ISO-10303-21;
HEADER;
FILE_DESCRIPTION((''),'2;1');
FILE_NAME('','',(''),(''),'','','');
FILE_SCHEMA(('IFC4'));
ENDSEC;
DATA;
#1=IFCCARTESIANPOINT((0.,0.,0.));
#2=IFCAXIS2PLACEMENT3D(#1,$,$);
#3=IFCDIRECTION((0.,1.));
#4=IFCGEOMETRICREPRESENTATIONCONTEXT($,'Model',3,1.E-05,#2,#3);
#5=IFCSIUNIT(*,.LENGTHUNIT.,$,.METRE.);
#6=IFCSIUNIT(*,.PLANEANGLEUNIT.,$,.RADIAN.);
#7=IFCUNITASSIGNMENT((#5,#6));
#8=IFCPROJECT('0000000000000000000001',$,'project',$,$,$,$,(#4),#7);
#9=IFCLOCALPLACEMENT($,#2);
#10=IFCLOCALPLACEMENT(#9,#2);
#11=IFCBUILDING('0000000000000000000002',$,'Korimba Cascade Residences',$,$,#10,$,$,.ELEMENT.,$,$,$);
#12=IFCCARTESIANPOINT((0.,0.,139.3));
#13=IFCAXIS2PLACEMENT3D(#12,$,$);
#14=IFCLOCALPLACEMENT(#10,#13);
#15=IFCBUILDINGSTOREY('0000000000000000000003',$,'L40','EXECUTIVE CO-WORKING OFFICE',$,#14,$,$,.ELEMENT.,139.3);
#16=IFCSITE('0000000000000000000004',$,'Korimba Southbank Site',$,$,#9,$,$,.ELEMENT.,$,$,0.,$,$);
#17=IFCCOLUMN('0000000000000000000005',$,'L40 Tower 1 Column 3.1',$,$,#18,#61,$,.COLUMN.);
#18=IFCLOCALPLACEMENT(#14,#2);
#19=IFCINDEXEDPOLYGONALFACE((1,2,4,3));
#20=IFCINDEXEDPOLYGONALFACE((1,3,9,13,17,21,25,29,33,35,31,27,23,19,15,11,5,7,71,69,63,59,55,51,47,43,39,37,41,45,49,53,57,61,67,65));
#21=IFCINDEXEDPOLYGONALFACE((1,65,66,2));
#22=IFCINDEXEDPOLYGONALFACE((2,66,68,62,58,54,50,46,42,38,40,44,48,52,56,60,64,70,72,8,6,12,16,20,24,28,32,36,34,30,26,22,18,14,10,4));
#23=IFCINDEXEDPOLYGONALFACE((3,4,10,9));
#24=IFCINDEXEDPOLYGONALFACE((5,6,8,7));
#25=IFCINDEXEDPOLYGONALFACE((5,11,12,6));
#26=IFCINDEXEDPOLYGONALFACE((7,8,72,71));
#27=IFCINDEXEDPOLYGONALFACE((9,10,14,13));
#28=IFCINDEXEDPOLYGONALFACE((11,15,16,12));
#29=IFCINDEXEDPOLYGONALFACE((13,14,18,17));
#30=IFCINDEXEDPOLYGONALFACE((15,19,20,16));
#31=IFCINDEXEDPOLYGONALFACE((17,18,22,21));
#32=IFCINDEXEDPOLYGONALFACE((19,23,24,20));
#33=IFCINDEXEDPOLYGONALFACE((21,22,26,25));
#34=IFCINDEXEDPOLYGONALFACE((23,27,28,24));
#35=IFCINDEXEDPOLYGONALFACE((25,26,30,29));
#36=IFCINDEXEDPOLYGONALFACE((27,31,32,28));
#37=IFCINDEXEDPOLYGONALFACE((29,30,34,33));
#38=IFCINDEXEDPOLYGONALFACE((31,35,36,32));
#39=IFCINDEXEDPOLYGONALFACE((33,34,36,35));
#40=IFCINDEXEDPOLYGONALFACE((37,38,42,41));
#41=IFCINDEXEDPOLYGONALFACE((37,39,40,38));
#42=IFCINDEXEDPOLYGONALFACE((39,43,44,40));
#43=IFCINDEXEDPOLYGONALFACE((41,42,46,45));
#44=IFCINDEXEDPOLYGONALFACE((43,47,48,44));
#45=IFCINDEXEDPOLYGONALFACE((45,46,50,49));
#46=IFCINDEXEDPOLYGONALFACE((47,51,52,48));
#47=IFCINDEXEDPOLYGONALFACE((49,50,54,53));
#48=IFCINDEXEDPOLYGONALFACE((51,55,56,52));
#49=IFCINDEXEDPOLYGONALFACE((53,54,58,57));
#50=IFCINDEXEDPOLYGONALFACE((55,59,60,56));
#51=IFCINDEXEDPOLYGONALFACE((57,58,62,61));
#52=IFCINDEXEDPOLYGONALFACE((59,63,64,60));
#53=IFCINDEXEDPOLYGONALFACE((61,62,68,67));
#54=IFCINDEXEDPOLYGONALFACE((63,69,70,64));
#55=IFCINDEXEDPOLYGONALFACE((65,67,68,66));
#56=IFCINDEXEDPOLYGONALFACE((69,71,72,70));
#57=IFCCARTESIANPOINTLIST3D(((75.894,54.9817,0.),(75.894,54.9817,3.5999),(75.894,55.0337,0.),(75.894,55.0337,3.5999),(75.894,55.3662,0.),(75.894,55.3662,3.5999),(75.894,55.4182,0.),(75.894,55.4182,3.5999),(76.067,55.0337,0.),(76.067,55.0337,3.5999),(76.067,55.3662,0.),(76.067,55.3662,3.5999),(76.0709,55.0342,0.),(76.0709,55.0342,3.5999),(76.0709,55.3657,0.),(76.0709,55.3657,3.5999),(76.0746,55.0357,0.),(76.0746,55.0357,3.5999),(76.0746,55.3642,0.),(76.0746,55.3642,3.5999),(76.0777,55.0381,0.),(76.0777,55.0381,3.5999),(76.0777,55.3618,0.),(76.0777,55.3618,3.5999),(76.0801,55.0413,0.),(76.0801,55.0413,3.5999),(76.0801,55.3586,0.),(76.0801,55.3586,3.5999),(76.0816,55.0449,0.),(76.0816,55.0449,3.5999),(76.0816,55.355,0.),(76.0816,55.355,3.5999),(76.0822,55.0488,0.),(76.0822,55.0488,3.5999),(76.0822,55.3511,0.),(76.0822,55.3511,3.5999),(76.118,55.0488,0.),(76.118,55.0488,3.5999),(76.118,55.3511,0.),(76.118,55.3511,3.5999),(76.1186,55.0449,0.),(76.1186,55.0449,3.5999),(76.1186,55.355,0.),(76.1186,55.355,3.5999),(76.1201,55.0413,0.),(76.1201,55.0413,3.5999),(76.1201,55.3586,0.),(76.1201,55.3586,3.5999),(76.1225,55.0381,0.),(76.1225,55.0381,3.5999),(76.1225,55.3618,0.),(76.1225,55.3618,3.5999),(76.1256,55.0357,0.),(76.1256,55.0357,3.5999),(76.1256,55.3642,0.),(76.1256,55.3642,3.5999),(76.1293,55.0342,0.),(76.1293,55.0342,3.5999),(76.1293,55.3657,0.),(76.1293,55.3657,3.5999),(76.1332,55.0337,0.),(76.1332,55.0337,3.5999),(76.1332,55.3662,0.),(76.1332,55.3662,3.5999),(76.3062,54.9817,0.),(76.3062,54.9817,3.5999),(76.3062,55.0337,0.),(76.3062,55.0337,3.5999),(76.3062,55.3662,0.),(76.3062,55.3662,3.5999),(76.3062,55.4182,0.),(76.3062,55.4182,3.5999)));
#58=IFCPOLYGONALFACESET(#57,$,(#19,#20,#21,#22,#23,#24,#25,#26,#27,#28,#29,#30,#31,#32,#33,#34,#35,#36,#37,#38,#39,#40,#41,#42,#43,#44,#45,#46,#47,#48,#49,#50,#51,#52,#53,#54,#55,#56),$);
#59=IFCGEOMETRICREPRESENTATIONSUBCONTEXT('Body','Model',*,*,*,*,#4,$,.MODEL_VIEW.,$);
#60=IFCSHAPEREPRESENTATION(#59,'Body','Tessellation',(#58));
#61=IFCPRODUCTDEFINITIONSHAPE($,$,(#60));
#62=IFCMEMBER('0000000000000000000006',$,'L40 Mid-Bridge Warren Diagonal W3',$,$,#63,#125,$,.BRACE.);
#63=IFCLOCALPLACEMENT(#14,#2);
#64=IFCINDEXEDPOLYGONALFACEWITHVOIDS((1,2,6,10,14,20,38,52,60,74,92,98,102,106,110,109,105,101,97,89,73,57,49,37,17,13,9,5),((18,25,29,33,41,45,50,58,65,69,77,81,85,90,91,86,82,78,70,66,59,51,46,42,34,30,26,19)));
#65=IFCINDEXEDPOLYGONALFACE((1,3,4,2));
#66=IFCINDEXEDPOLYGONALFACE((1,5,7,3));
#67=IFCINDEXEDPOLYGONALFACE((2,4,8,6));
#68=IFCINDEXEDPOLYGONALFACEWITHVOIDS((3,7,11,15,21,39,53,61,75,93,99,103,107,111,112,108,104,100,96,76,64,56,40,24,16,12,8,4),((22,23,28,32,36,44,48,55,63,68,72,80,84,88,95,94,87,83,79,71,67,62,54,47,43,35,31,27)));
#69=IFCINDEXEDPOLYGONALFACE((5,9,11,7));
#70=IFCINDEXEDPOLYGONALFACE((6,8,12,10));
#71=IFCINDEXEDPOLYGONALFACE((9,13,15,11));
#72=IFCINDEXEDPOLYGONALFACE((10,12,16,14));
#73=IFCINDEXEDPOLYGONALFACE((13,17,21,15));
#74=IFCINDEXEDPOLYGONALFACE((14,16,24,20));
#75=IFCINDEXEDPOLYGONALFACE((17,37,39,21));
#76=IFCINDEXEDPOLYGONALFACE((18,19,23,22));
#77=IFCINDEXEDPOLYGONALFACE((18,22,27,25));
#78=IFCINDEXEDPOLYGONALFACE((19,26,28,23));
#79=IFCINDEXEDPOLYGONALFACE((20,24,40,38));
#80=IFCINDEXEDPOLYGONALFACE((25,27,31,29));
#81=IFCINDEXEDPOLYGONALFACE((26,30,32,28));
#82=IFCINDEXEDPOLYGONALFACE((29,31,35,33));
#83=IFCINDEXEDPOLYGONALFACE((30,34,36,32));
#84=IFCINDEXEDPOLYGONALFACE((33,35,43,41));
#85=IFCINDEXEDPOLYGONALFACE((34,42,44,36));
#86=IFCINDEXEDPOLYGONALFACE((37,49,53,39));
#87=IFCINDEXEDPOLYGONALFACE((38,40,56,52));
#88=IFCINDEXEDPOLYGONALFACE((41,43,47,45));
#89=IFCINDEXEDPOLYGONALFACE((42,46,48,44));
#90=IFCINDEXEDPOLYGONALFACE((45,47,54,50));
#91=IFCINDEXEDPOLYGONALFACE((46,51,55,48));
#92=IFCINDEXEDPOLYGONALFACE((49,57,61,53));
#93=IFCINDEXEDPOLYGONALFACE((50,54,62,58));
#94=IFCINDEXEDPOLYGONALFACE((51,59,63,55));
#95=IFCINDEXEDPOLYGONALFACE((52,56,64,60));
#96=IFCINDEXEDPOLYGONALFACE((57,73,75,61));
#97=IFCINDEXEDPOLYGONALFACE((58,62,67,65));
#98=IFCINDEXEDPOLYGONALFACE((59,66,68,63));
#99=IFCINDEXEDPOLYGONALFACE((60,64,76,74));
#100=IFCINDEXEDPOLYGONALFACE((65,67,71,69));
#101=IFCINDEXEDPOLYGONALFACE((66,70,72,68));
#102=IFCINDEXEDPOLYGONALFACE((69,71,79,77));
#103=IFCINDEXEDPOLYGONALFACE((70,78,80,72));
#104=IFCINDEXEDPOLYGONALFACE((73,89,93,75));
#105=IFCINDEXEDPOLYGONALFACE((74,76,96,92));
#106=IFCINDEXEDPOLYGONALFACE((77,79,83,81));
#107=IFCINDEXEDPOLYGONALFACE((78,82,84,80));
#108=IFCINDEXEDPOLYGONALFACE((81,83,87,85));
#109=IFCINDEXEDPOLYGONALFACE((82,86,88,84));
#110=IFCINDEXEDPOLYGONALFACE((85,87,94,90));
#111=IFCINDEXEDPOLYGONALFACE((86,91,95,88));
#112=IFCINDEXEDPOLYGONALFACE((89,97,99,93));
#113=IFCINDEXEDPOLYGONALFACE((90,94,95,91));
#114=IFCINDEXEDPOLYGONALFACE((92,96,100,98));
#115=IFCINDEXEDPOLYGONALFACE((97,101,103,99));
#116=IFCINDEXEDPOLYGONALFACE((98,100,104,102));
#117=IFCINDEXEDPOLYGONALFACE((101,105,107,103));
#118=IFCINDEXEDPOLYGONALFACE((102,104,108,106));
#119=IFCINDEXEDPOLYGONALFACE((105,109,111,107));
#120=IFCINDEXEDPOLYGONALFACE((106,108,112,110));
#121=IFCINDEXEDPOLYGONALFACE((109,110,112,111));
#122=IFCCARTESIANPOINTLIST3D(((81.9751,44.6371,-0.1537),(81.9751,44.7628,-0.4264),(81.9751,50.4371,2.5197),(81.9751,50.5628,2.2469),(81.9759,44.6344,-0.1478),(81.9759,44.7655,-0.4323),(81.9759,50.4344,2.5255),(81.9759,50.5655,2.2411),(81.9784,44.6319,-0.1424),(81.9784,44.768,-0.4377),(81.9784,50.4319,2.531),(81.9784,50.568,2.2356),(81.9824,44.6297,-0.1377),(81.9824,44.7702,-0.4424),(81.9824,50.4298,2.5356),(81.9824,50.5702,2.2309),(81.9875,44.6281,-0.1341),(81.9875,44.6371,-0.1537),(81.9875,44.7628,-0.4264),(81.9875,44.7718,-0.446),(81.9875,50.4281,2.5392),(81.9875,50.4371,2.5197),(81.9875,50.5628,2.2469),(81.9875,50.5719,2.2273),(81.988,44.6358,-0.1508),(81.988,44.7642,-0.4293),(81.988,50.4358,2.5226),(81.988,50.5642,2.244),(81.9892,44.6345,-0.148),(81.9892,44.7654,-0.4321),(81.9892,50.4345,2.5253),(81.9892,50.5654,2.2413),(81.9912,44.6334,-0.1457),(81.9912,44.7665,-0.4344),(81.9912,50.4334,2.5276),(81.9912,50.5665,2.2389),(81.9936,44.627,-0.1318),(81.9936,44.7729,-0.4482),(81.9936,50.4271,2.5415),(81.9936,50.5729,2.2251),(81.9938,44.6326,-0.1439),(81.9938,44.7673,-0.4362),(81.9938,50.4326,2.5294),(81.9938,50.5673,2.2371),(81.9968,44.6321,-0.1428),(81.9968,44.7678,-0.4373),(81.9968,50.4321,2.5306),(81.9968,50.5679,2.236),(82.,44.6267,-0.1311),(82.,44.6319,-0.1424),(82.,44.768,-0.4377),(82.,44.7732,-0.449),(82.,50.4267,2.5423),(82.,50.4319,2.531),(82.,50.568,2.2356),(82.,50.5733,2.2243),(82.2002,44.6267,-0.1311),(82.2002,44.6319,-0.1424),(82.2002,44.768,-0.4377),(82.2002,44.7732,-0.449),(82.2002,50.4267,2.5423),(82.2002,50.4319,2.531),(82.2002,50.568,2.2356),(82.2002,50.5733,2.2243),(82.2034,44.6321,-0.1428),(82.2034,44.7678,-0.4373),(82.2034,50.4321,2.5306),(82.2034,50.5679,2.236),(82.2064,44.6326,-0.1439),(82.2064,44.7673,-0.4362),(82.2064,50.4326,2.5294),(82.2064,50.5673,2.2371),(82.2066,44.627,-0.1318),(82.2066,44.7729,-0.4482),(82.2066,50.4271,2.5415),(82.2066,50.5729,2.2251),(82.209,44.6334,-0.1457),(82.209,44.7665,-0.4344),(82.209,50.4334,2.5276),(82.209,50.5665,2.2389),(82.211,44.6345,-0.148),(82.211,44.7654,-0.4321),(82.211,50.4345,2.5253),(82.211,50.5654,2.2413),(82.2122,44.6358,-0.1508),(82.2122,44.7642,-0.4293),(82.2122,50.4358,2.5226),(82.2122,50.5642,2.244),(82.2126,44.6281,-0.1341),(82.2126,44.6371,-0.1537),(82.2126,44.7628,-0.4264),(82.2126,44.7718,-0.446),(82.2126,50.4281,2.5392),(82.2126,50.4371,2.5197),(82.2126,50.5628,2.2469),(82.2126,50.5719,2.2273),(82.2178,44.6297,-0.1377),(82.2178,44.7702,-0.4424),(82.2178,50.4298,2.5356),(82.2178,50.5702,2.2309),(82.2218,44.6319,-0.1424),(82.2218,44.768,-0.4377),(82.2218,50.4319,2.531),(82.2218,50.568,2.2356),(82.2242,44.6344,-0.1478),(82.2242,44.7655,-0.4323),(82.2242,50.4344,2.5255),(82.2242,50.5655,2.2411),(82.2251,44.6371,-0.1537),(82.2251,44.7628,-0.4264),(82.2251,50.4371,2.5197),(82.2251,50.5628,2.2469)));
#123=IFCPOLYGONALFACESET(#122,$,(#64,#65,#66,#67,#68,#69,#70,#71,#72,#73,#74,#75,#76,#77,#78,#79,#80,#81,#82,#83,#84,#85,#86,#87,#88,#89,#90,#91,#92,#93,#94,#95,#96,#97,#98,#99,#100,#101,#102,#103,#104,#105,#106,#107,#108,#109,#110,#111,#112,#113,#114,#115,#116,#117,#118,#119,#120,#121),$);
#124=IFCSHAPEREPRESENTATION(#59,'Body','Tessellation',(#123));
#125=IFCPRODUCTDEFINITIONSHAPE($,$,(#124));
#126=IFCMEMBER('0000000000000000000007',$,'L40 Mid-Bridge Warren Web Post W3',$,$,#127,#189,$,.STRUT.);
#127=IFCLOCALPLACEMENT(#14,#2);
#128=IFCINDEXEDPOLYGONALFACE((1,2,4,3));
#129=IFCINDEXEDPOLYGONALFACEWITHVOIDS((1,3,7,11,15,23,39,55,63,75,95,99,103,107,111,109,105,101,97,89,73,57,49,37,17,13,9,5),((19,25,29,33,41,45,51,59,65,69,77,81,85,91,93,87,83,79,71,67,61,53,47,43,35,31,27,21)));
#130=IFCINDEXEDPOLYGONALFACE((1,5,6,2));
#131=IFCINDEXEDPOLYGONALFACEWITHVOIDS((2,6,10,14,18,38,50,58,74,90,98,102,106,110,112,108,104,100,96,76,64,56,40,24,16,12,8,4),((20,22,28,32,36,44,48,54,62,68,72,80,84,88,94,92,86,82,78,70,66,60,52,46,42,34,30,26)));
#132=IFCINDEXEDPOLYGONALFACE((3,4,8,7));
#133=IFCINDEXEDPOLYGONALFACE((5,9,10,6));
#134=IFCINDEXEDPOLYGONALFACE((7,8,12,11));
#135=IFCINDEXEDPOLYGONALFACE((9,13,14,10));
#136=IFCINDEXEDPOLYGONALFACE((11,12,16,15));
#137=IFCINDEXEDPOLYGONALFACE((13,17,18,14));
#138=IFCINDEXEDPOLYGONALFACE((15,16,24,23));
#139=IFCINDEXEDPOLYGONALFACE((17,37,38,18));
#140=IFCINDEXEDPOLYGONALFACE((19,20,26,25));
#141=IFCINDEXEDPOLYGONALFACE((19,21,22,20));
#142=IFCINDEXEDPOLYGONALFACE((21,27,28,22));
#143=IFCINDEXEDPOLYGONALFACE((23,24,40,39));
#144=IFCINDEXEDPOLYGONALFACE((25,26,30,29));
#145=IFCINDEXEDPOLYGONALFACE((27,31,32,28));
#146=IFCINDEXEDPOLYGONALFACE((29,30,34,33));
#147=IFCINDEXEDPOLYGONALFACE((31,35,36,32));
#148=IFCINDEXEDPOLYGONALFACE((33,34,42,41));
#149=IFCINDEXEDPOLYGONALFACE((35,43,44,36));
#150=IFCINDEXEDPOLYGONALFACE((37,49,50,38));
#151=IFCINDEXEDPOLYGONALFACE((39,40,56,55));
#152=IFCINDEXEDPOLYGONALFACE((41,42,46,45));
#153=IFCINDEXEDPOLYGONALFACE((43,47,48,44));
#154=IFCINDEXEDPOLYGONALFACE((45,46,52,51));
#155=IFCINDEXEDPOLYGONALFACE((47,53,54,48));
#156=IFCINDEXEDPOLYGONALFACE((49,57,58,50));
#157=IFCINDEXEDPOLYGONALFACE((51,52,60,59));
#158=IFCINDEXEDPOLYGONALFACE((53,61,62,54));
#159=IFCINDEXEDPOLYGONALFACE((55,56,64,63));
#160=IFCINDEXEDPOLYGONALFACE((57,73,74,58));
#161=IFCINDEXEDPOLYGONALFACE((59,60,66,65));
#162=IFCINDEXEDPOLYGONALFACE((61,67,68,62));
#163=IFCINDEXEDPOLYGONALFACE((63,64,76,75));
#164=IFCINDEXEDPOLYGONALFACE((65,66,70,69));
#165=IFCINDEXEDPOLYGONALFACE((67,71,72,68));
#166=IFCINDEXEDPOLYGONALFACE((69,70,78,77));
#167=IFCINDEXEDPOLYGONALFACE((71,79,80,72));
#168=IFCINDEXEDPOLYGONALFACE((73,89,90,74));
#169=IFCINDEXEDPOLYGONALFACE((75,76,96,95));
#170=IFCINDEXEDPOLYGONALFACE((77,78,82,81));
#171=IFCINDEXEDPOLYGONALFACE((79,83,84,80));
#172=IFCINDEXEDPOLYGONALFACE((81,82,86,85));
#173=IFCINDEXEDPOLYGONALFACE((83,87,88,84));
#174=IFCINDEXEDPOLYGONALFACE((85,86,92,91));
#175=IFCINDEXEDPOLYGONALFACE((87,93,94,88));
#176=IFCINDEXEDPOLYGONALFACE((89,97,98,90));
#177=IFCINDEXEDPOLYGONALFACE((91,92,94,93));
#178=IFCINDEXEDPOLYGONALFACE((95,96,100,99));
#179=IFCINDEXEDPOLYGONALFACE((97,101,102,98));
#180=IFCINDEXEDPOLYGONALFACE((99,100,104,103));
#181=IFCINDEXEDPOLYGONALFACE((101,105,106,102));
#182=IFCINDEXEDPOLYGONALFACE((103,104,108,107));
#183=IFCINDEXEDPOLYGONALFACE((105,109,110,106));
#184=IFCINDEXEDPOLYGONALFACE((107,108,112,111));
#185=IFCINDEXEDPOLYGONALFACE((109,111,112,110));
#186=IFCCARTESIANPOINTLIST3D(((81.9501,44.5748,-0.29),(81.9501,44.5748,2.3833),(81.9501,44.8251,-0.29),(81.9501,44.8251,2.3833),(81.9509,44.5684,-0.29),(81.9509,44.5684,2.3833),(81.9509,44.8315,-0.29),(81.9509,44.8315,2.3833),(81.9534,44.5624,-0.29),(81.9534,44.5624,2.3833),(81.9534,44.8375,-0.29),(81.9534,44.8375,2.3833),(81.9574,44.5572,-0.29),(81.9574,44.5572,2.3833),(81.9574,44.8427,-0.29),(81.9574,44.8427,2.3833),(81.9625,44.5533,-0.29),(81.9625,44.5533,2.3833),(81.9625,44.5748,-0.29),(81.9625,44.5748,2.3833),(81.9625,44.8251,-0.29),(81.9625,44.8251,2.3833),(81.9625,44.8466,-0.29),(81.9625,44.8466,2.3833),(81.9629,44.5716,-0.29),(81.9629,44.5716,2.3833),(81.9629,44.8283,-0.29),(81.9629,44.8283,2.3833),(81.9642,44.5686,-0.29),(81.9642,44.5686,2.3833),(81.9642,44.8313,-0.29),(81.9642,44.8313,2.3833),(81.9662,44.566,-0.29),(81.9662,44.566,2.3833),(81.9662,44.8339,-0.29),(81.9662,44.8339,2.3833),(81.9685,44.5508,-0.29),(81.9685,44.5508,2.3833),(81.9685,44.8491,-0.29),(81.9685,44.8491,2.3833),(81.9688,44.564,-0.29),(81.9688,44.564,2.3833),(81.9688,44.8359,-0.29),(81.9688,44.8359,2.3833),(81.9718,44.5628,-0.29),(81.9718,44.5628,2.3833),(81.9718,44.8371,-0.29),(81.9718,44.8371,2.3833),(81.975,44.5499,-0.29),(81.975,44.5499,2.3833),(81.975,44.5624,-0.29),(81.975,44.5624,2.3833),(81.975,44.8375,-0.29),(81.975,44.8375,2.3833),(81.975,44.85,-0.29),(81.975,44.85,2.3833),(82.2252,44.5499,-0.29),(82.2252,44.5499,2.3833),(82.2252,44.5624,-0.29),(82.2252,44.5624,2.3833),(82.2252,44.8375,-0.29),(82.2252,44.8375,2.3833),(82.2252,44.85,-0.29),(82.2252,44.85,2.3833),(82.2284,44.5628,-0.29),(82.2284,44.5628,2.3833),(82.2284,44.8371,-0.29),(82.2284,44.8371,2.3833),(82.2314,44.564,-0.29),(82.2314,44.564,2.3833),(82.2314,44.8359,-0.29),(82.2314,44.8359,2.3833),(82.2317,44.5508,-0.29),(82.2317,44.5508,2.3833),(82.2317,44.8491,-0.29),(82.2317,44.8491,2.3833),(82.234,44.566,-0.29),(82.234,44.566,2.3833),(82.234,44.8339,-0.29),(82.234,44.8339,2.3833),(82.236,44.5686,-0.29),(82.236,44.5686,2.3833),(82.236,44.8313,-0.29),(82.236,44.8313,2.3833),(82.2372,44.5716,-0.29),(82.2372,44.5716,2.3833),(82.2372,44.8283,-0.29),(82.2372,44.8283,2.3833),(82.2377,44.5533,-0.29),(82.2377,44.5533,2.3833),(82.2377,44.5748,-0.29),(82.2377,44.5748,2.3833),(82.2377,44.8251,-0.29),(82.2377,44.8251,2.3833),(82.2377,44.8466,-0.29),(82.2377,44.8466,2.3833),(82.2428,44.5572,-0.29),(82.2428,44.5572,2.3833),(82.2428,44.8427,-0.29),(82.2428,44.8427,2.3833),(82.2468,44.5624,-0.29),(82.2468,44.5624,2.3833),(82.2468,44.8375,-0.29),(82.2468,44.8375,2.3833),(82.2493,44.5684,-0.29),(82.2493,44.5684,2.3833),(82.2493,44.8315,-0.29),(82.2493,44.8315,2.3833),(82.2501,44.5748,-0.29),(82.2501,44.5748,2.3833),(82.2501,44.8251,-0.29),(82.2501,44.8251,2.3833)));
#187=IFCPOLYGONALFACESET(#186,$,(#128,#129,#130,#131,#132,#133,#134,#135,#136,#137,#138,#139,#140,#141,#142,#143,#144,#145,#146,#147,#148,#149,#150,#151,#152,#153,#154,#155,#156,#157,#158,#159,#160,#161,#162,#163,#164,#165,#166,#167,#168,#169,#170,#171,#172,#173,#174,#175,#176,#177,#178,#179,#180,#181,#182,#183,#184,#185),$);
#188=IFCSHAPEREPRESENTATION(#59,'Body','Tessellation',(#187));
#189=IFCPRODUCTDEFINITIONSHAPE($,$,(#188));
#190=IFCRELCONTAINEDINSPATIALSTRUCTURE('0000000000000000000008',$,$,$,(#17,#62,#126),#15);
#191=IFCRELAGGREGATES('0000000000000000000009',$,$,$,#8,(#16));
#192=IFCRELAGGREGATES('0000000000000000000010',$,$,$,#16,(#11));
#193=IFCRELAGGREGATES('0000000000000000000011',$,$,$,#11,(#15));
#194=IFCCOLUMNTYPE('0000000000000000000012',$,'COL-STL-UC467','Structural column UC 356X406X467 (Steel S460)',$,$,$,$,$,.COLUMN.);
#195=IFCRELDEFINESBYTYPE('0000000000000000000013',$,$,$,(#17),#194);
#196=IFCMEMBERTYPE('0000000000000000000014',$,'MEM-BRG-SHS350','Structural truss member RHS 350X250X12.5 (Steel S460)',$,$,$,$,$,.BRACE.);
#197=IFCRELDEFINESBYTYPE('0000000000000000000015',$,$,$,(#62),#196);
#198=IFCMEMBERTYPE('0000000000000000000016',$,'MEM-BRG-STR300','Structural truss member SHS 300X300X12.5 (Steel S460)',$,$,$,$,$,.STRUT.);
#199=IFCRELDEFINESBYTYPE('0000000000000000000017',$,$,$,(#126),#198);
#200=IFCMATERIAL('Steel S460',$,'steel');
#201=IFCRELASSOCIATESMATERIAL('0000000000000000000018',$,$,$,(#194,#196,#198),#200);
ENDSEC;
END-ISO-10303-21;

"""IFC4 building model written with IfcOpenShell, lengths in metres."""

from ifc_helpers import new_model, si_unit, direction, frame, origin, origin_2d, place, context, subcontext, project, spatial, hollow_rectangle, i_section, extrude, material, material_profile, profile_set, type_object, element, save


model = new_model("IFC4")

# Units and contexts
model_context = context("Model", 3, precision=1e-05, world=origin(), true_north=direction((0.0, 1.0)))
body_context = subcontext(model_context, "Body", "Model", "MODEL_VIEW")
ifc_project = project(units=[si_unit("LENGTHUNIT", "METRE"), si_unit("PLANEANGLEUNIT", "RADIAN")], contexts=[model_context])

# Site, building, storey
site_placement = place(None, origin())
site = spatial("IfcSite", under=ifc_project, at=site_placement, Name="Korimba Southbank Site", CompositionType="ELEMENT", RefElevation=0.0)
building_placement = place(site_placement, origin())
building = spatial("IfcBuilding", under=site, at=building_placement, Name="Korimba Cascade Residences", CompositionType="ELEMENT")
storey_placement = place(building_placement, frame((0.0, 0.0, 139.3)))
storey = spatial("IfcBuildingStorey", under=building, at=storey_placement, Name="L40", Description="EXECUTIVE CO-WORKING OFFICE", CompositionType="ELEMENT", Elevation=139.3)

# Column
ifc_material_1 = material(Name="Steel S460", Category="steel")
ifc_material_profile_1 = material_profile(ifc_material_1, i_section(OverallWidth=0.4121, OverallDepth=0.4365, WebThickness=0.0359, FlangeThickness=0.052, FilletRadius=0.0151, at=origin_2d()), Name="Steel S460")
ifc_profile_set_1 = profile_set([ifc_material_profile_1], Name="Steel S460")
column_type = type_object("IfcColumnType", Name="COL-STL-UC467", Description="Structural column UC 356X406X467 (Steel S460)", PredefinedType="COLUMN", material=ifc_profile_set_1)
column_placement = place(storey_placement, frame((76.1001, 55.2, 0.0), z_axis=(0.0, 0.0, 1.0), x_axis=(1.0, 0.0, 0.0)))
element("IfcColumn", 1, at=column_placement, inside=storey, type_object=column_type, Name="L40 Tower 1 Column 3.1", PredefinedType="COLUMN", context=body_context, shape_type="SweptSolid", body=[
    extrude(i_section(OverallWidth=0.4121, OverallDepth=0.4365, WebThickness=0.0359, FlangeThickness=0.052, FilletRadius=0.0151, at=origin_2d()), origin(), (0.0, 0.0, 1.0), 3.5999),
])

# Members
ifc_material_profile_2 = material_profile(ifc_material_1, hollow_rectangle(XDim=0.25, YDim=0.3501, WallThickness=0.0125, InnerFilletRadius=0.0125, OuterFilletRadius=0.0249, at=origin_2d()), Name="Steel S460")
ifc_profile_set_2 = profile_set([ifc_material_profile_2], Name="Steel S460")
member_type_1 = type_object("IfcMemberType", Name="MEM-BRG-SHS350", Description="Structural truss member RHS 350X250X12.5 (Steel S460)", PredefinedType="BRACE", material=ifc_profile_set_2)
member_placement = place(storey_placement, frame((82.1001, 44.7, -0.29), z_axis=(0.0, 0.908174, 0.418593), x_axis=(-1.0, 0.0, 0.0)))
element("IfcMember", 2, at=member_placement, inside=storey, type_object=member_type_1, Name="L40 Mid-Bridge Warren Diagonal W3", PredefinedType="BRACE", context=body_context, shape_type="SweptSolid", body=[
    extrude(hollow_rectangle(XDim=0.25, YDim=0.3501, WallThickness=0.0125, InnerFilletRadius=0.0125, OuterFilletRadius=0.0249, at=origin_2d()), origin(), (0.0, 0.0, 1.0), 6.3865),
])
ifc_material_profile_3 = material_profile(ifc_material_1, hollow_rectangle(XDim=0.3, YDim=0.3, WallThickness=0.0125, InnerFilletRadius=0.0125, OuterFilletRadius=0.0249, at=origin_2d()), Name="Steel S460")
ifc_profile_set_3 = profile_set([ifc_material_profile_3], Name="Steel S460")
member_type_2 = type_object("IfcMemberType", Name="MEM-BRG-STR300", Description="Structural truss member SHS 300X300X12.5 (Steel S460)", PredefinedType="STRUT", material=ifc_profile_set_3)
for number, where, z_axis, x_axis, name in (
    (3, (82.1001, 44.7, -0.29), (0.0, 0.0, 1.0), (1.0, 0.0, 0.0), "L40 Mid-Bridge Warren Web Post W3"),
):
    element("IfcMember", number, at=place(storey_placement, frame(where, z_axis=z_axis, x_axis=x_axis)), inside=storey, type_object=member_type_2, Name=name, PredefinedType="STRUT", context=body_context, shape_type="SweptSolid", body=[
        extrude(hollow_rectangle(XDim=0.3, YDim=0.3, WallThickness=0.0125, InnerFilletRadius=0.0125, OuterFilletRadius=0.0249, at=origin_2d()), origin(), (0.0, 0.0, 1.0), 2.6733),
    ])

save(model, "model.ifc")
